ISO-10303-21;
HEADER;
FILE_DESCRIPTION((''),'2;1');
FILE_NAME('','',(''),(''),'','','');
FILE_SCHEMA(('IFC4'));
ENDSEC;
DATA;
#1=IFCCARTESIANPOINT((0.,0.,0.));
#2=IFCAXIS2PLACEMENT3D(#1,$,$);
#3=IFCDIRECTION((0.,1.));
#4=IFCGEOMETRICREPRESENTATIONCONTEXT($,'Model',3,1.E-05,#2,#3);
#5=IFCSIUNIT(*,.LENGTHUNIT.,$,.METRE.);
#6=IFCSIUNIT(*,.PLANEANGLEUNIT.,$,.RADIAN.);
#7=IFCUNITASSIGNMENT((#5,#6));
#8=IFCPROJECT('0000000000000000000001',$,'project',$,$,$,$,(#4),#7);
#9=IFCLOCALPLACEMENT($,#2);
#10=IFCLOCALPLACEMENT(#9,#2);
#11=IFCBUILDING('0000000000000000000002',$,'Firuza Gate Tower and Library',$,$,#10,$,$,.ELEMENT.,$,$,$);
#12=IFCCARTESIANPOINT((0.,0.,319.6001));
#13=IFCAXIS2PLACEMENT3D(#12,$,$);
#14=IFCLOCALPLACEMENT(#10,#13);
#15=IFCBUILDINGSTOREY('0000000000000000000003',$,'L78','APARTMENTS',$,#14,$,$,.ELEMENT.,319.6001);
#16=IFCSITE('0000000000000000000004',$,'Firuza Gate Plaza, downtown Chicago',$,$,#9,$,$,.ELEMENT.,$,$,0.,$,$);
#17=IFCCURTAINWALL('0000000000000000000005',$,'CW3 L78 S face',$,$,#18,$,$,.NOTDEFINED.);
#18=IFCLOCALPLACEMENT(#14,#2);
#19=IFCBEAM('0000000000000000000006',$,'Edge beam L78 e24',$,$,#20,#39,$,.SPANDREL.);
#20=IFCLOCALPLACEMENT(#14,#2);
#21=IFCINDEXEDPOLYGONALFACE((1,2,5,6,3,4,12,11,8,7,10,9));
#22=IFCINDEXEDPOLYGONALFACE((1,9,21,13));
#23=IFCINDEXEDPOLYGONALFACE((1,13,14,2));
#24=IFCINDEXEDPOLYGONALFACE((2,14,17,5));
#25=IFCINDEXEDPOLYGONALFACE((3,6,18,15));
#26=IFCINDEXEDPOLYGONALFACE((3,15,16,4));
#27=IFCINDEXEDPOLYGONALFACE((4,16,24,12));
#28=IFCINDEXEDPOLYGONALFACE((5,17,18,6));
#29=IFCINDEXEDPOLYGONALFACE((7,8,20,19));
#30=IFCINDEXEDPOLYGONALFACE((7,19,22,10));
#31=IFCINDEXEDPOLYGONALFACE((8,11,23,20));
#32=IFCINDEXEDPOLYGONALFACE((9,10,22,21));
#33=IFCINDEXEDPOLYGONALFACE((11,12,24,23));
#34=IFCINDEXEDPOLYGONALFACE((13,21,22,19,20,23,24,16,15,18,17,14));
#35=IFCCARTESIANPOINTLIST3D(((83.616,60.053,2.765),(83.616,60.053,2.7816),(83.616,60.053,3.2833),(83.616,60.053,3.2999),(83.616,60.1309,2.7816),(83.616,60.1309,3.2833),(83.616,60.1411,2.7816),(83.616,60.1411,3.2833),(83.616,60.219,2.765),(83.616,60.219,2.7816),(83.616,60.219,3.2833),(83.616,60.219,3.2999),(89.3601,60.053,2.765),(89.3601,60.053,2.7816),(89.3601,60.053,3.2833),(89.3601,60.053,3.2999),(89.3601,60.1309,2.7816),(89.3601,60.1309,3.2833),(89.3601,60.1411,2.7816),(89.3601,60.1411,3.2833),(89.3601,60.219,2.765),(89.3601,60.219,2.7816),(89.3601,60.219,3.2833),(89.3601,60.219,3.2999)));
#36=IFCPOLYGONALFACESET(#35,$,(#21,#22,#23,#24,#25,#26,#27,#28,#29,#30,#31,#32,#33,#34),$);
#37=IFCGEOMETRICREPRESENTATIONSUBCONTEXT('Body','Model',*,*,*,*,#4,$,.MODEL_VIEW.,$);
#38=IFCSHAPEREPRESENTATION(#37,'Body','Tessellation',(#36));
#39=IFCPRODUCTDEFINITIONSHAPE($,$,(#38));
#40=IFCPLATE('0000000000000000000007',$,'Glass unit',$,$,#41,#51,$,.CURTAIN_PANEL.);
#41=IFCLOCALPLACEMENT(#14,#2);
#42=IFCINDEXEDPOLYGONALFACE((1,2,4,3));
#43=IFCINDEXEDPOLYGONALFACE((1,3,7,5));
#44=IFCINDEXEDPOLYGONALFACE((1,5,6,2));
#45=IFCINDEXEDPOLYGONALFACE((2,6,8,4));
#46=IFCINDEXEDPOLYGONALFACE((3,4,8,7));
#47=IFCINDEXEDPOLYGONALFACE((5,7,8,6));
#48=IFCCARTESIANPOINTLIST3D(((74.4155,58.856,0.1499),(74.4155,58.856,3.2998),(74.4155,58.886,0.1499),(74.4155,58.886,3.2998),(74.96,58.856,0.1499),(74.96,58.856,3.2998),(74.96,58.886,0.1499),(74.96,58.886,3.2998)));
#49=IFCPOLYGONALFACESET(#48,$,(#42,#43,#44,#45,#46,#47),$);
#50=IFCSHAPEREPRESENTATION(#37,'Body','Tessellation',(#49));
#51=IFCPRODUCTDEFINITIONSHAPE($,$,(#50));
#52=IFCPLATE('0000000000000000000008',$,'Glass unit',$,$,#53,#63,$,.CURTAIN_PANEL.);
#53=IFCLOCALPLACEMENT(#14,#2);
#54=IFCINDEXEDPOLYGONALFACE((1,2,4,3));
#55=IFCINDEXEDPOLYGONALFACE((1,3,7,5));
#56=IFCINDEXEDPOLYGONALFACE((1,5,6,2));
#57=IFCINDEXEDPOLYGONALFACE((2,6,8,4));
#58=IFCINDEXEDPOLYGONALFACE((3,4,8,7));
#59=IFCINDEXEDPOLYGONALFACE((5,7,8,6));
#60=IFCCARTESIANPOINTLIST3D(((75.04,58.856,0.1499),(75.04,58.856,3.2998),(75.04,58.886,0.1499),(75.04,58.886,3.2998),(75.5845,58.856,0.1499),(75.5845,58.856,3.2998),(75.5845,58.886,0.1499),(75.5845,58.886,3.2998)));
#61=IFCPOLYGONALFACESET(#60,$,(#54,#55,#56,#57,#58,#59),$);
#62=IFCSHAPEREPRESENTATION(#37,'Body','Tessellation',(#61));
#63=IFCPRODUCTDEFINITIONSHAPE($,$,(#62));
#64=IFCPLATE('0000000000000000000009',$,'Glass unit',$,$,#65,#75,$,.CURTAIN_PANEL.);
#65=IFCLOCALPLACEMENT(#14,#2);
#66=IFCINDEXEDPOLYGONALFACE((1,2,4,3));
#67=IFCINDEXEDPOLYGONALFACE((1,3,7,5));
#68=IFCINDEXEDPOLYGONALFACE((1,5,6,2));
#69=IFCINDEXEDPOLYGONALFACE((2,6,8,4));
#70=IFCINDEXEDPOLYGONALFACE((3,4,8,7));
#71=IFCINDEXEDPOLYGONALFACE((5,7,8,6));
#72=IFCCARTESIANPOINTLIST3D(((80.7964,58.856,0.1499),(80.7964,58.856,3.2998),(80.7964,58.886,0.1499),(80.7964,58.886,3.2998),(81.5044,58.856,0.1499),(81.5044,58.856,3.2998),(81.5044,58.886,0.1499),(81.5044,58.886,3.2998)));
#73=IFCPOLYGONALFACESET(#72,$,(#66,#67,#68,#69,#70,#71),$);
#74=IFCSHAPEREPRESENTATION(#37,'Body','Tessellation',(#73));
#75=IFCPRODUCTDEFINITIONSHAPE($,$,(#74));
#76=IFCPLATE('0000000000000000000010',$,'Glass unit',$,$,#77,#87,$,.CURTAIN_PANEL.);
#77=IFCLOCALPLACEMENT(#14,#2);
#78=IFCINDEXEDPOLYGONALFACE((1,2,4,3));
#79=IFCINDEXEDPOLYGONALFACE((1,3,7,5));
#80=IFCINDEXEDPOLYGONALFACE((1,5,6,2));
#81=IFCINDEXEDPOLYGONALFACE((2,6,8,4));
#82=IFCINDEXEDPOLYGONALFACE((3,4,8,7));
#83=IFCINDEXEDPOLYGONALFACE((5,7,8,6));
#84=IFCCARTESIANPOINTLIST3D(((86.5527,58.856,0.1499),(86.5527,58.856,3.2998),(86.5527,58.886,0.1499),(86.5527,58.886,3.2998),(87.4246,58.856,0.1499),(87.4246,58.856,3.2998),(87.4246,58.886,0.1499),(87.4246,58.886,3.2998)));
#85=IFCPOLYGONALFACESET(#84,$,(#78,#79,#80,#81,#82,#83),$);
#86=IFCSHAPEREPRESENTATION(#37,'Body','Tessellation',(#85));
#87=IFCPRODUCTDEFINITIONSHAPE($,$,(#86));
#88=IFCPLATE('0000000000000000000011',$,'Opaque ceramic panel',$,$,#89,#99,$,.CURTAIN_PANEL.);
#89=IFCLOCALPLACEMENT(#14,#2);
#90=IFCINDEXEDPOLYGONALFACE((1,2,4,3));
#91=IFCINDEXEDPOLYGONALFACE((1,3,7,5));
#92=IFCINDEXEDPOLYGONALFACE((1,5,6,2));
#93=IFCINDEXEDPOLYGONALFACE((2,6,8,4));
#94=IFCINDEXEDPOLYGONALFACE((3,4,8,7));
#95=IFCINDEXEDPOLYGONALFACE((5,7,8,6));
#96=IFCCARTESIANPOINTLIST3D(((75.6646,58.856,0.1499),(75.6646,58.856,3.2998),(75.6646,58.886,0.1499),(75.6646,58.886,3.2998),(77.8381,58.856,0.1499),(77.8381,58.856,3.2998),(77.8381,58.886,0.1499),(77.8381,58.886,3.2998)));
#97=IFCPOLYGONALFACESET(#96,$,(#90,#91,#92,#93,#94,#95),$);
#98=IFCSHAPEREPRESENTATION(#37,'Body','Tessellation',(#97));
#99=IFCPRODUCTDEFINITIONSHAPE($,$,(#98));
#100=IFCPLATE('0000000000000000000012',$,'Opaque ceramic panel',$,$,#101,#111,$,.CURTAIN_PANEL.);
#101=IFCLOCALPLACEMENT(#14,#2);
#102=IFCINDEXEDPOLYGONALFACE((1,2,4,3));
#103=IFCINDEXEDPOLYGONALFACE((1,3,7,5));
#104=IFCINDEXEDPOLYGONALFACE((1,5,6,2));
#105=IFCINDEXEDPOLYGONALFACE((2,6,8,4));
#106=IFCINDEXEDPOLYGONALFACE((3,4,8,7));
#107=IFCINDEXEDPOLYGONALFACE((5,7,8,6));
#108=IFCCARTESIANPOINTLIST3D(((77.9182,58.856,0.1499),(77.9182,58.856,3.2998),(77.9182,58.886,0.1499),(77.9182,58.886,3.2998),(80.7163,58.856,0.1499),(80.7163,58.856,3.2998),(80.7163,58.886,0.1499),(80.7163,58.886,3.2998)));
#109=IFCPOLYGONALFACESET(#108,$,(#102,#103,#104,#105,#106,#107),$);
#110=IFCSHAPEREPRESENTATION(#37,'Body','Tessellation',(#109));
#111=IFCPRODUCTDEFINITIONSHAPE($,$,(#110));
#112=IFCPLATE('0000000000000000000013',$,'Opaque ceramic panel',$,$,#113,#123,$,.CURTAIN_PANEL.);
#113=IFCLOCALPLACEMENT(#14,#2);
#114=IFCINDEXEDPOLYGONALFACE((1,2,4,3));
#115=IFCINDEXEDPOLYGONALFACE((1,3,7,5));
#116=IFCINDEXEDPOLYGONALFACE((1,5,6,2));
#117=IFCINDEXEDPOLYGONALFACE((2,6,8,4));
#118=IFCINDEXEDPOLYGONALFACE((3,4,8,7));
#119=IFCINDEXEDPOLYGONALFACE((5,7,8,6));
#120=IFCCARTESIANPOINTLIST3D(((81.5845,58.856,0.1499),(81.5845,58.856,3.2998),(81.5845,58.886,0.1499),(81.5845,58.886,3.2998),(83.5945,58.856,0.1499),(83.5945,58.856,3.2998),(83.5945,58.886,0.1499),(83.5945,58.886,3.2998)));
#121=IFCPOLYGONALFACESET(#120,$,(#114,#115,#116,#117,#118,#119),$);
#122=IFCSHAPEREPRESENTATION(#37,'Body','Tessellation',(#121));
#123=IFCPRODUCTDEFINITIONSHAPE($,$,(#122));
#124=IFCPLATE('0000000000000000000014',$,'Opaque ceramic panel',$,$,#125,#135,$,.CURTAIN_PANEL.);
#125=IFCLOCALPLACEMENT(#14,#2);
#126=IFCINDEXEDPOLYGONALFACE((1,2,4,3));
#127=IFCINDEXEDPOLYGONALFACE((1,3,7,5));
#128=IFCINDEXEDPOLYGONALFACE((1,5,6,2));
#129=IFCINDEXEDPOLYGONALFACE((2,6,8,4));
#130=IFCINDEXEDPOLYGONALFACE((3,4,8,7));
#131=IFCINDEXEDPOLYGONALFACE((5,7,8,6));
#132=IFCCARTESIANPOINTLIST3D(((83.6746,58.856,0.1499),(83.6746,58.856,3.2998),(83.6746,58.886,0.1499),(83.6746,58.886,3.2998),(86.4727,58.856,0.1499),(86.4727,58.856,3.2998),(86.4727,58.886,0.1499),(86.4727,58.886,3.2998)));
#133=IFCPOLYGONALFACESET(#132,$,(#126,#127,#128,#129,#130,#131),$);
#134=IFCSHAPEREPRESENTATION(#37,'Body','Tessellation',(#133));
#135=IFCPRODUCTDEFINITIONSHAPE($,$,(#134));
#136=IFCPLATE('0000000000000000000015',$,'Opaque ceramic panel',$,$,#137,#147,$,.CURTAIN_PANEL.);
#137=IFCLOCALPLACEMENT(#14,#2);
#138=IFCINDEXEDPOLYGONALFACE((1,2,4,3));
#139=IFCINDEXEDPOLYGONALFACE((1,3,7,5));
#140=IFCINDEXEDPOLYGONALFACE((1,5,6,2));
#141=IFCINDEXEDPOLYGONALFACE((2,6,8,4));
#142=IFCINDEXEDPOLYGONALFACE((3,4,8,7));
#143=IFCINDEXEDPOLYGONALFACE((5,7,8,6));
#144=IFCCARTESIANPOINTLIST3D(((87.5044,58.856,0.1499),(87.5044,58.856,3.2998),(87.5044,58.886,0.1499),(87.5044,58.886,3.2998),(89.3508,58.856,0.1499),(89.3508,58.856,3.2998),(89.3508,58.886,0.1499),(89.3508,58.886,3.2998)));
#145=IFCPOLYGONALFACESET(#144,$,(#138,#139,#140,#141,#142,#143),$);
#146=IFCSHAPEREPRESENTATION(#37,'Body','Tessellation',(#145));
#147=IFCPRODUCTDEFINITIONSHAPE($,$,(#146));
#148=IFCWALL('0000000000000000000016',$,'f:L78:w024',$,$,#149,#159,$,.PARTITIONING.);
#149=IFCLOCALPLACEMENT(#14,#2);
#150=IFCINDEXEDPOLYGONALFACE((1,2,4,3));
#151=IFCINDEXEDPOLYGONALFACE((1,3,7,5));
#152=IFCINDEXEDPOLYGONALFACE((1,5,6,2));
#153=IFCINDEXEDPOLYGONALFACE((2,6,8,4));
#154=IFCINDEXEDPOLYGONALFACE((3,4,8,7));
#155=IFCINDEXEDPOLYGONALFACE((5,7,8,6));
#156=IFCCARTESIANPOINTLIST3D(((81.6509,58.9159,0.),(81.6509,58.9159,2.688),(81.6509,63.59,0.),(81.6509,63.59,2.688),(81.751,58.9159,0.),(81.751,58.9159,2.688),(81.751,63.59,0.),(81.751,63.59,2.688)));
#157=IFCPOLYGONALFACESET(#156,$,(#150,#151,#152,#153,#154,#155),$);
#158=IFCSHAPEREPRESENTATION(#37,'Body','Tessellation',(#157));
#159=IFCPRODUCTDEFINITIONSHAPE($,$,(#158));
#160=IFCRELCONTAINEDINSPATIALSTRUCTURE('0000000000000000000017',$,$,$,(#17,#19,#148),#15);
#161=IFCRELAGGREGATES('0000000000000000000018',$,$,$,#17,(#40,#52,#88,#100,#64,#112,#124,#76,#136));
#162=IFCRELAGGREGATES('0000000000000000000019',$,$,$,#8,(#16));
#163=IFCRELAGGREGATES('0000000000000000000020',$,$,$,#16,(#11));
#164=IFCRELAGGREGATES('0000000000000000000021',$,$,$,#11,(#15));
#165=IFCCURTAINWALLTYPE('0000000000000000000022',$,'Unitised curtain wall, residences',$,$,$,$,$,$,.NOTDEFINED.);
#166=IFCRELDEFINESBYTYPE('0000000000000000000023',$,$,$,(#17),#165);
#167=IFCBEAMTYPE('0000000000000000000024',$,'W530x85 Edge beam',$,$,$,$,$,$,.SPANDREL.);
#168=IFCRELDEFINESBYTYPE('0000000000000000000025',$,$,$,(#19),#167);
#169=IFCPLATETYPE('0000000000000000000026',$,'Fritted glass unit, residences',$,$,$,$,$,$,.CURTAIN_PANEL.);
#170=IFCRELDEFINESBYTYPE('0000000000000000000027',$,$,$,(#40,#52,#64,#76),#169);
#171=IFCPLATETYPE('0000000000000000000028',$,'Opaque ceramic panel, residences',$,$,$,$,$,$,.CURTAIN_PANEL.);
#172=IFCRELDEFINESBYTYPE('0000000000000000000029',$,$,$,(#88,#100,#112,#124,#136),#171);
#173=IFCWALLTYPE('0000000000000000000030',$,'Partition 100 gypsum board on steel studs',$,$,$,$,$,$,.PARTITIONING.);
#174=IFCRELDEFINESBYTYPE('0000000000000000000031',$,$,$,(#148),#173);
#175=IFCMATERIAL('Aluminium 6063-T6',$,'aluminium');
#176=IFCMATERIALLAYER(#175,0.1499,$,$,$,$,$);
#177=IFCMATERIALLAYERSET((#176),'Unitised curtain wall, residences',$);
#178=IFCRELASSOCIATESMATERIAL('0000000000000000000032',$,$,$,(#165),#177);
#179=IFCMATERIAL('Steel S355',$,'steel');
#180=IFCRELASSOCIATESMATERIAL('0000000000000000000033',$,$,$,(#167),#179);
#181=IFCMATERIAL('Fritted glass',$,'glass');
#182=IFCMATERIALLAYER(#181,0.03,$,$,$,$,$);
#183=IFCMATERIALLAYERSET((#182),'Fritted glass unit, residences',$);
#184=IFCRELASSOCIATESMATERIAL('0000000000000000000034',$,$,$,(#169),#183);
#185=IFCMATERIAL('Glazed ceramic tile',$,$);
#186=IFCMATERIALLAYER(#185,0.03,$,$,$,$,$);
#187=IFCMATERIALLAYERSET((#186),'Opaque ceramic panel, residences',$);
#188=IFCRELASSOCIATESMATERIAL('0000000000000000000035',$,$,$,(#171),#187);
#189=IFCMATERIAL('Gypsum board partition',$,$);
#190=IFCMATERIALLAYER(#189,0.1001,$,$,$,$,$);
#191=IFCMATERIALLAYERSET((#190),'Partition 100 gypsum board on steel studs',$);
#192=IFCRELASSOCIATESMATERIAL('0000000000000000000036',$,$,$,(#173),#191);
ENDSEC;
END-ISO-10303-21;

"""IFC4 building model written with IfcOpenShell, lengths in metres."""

from ifc_helpers import new_model, si_unit, direction, frame, frame_2d, origin, origin_2d, place, context, subcontext, project, spatial, polyline, rectangle, i_section, outline, extrude, material, layer, layer_set, material_profile, profile_set, type_object, element, aggregate, save


model = new_model("IFC4")

# Units and contexts
model_context = context("Model", 3, precision=1e-05, world=origin(), true_north=direction((0.0, 1.0)))
body_context = subcontext(model_context, "Body", "Model", "MODEL_VIEW")
ifc_project = project(units=[si_unit("LENGTHUNIT", "METRE"), si_unit("PLANEANGLEUNIT", "RADIAN")], contexts=[model_context])

# Site, building, storey
site_placement = place(None, origin())
site = spatial("IfcSite", under=ifc_project, at=site_placement, Name="Firuza Gate Plaza, downtown Chicago", CompositionType="ELEMENT", RefElevation=0.0)
building_placement = place(site_placement, origin())
building = spatial("IfcBuilding", under=site, at=building_placement, Name="Firuza Gate Tower and Library", CompositionType="ELEMENT")
storey_placement = place(building_placement, frame((0.0, 0.0, 319.6001)))
storey = spatial("IfcBuildingStorey", under=building, at=storey_placement, Name="L78", Description="APARTMENTS", CompositionType="ELEMENT", Elevation=319.6001)

# Curtain wall
ifc_material_1 = material(Name="Aluminium 6063-T6", Category="aluminium")
ifc_layer_1 = layer(ifc_material_1, 0.1499)
ifc_layer_set_1 = layer_set([ifc_layer_1], Name="Unitised curtain wall, residences")
curtain_wall_type = type_object("IfcCurtainWallType", Name="Unitised curtain wall, residences", PredefinedType="NOTDEFINED", material=ifc_layer_set_1)
curtain_wall_placement = place(storey_placement, origin())
curtain_wall = element("IfcCurtainWall", 1, at=curtain_wall_placement, inside=storey, type_object=curtain_wall_type, Name="CW3 L78 S face", PredefinedType="NOTDEFINED")

# Beam
ifc_material_2 = material(Name="Steel S355", Category="steel")
ifc_material_profile_1 = material_profile(ifc_material_2, i_section(OverallWidth=0.166, OverallDepth=0.5349, WebThickness=0.0103, FlangeThickness=0.0166, at=origin_2d()))
ifc_profile_set_1 = profile_set([ifc_material_profile_1], Name="Steel S355")
beam_type_1 = type_object("IfcBeamType", Name="W530x85 Edge beam", PredefinedType="SPANDREL", material=ifc_profile_set_1)
beam_placement = place(storey_placement, frame((83.616, 60.136, 3.0325), z_axis=(1.0, 0.0, 0.0), x_axis=(0.0, 1.0, 0.0)))
element("IfcBeam", 2, at=beam_placement, inside=storey, type_object=beam_type_1, Name="Edge beam L78 e24", PredefinedType="SPANDREL", context=body_context, shape_type="SweptSolid", body=[
    extrude(i_section(OverallWidth=0.166, OverallDepth=0.5349, WebThickness=0.0103, FlangeThickness=0.0166, at=origin_2d()), origin(), (0.0, 0.0, 1.0), 5.7441),
])

# Plates
ifc_material_3 = material(Name="Fritted glass", Category="glass")
ifc_layer_2 = layer(ifc_material_3, 0.03)
ifc_layer_set_2 = layer_set([ifc_layer_2], Name="Fritted glass unit, residences")
plate_type_1 = type_object("IfcPlateType", Name="Fritted glass unit, residences", PredefinedType="CURTAIN_PANEL", material=ifc_layer_set_2)
plate_1_placement = place(storey_placement, frame((74.4155, 58.856, 0.1499), z_axis=(0.0, -1.0, 0.0), x_axis=(1.0, 0.0, 0.0)))
plate_1 = element("IfcPlate", 3, at=plate_1_placement, type_object=plate_type_1, Name="Glass unit", PredefinedType="CURTAIN_PANEL", context=body_context, shape_type="SweptSolid", body=[
    extrude(outline(polyline([(0.0, 0.0), (0.5444, 0.0), (0.5444, 3.1499), (0.0, 3.1499), (0.0, 0.0)])), origin(), (0.0, 0.0, -1.0), 0.03),
])
plate_2_placement = place(storey_placement, frame((75.04, 58.856, 0.1499), z_axis=(0.0, -1.0, 0.0), x_axis=(1.0, 0.0, 0.0)))
plate_2 = element("IfcPlate", 4, at=plate_2_placement, type_object=plate_type_1, Name="Glass unit", PredefinedType="CURTAIN_PANEL", context=body_context, shape_type="SweptSolid", body=[
    extrude(outline(polyline([(0.0, 0.0), (0.5444, 0.0), (0.5444, 3.1499), (0.0, 3.1499), (0.0, 0.0)])), origin(), (0.0, 0.0, -1.0), 0.03),
])
plate_3_placement = place(storey_placement, frame((80.7964, 58.856, 0.1499), z_axis=(0.0, -1.0, 0.0), x_axis=(1.0, 0.0, 0.0)))
plate_3 = element("IfcPlate", 5, at=plate_3_placement, type_object=plate_type_1, Name="Glass unit", PredefinedType="CURTAIN_PANEL", context=body_context, shape_type="SweptSolid", body=[
    extrude(outline(polyline([(0.0, 0.0), (0.708, 0.0), (0.708, 3.1499), (0.0, 3.1499), (0.0, 0.0)])), origin(), (0.0, 0.0, -1.0), 0.03),
])
plate_4_placement = place(storey_placement, frame((86.5527, 58.856, 0.1499), z_axis=(0.0, -1.0, 0.0), x_axis=(1.0, 0.0, 0.0)))
plate_4 = element("IfcPlate", 6, at=plate_4_placement, type_object=plate_type_1, Name="Glass unit", PredefinedType="CURTAIN_PANEL", context=body_context, shape_type="SweptSolid", body=[
    extrude(outline(polyline([(0.0, 0.0), (0.8718, 0.0), (0.8718, 3.1499), (0.0, 3.1499), (0.0, 0.0)])), origin(), (0.0, 0.0, -1.0), 0.03),
])
ifc_material_4 = material(Name="Glazed ceramic tile")
ifc_layer_3 = layer(ifc_material_4, 0.03)
ifc_layer_set_3 = layer_set([ifc_layer_3], Name="Opaque ceramic panel, residences")
plate_type_2 = type_object("IfcPlateType", Name="Opaque ceramic panel, residences", PredefinedType="CURTAIN_PANEL", material=ifc_layer_set_3)
plate_5_placement = place(storey_placement, frame((75.6646, 58.856, 0.1499), z_axis=(0.0, -1.0, 0.0), x_axis=(1.0, 0.0, 0.0)))
plate_5 = element("IfcPlate", 7, at=plate_5_placement, type_object=plate_type_2, Name="Opaque ceramic panel", PredefinedType="CURTAIN_PANEL", context=body_context, shape_type="SweptSolid", body=[
    extrude(outline(polyline([(0.0, 0.0), (2.1736, 0.0), (2.1736, 3.1499), (0.0, 3.1499), (0.0, 0.0)])), origin(), (0.0, 0.0, -1.0), 0.03),
])
plate_6_placement = place(storey_placement, frame((77.9182, 58.856, 0.1499), z_axis=(0.0, -1.0, 0.0), x_axis=(1.0, 0.0, 0.0)))
plate_6 = element("IfcPlate", 8, at=plate_6_placement, type_object=plate_type_2, Name="Opaque ceramic panel", PredefinedType="CURTAIN_PANEL", context=body_context, shape_type="SweptSolid", body=[
    extrude(outline(polyline([(0.0, 0.0), (2.7981, 0.0), (2.7981, 3.1499), (0.0, 3.1499), (0.0, 0.0)])), origin(), (0.0, 0.0, -1.0), 0.03),
])
plate_7_placement = place(storey_placement, frame((81.5845, 58.856, 0.1499), z_axis=(0.0, -1.0, 0.0), x_axis=(1.0, 0.0, 0.0)))
plate_7 = element("IfcPlate", 9, at=plate_7_placement, type_object=plate_type_2, Name="Opaque ceramic panel", PredefinedType="CURTAIN_PANEL", context=body_context, shape_type="SweptSolid", body=[
    extrude(outline(polyline([(0.0, 0.0), (2.01, 0.0), (2.01, 3.1499), (0.0, 3.1499), (0.0, 0.0)])), origin(), (0.0, 0.0, -1.0), 0.03),
])
plate_8_placement = place(storey_placement, frame((83.6746, 58.856, 0.1499), z_axis=(0.0, -1.0, 0.0), x_axis=(1.0, 0.0, 0.0)))
plate_8 = element("IfcPlate", 10, at=plate_8_placement, type_object=plate_type_2, Name="Opaque ceramic panel", PredefinedType="CURTAIN_PANEL", context=body_context, shape_type="SweptSolid", body=[
    extrude(outline(polyline([(0.0, 0.0), (2.7981, 0.0), (2.7981, 3.1499), (0.0, 3.1499), (0.0, 0.0)])), origin(), (0.0, 0.0, -1.0), 0.03),
])
plate_9_placement = place(storey_placement, frame((87.5044, 58.856, 0.1499), z_axis=(0.0, -1.0, 0.0), x_axis=(1.0, 0.0, 0.0)))
plate_9 = element("IfcPlate", 11, at=plate_9_placement, type_object=plate_type_2, Name="Opaque ceramic panel", PredefinedType="CURTAIN_PANEL", context=body_context, shape_type="SweptSolid", body=[
    extrude(outline(polyline([(0.0, 0.0), (1.8464, 0.0), (1.8464, 3.1499), (0.0, 3.1499), (0.0, 0.0)])), origin(), (0.0, 0.0, -1.0), 0.03),
])
aggregate(curtain_wall, [plate_1, plate_2, plate_5, plate_6, plate_3, plate_7, plate_8, plate_4, plate_9])

# Wall
ifc_material_5 = material(Name="Gypsum board partition")
ifc_layer_4 = layer(ifc_material_5, 0.1001)
ifc_layer_set_4 = layer_set([ifc_layer_4], Name="Partition 100 gypsum board on steel studs")
wall_type = type_object("IfcWallType", Name="Partition 100 gypsum board on steel studs", PredefinedType="PARTITIONING", material=ifc_layer_set_4)
wall_placement = place(storey_placement, frame((81.7009, 58.916, 0.0), z_axis=(0.0, 0.0, 1.0), x_axis=(0.0, 1.0, 0.0)))
element("IfcWall", 12, at=wall_placement, inside=storey, type_object=wall_type, Name="f:L78:w024", PredefinedType="PARTITIONING", context=body_context, shape_type="SweptSolid", body=[
    extrude(rectangle(XDim=4.6741, YDim=0.1001, at=frame_2d((2.3369, 0.0))), origin(), (0.0, 0.0, 1.0), 2.688),
])

save(model, "model.ifc")
